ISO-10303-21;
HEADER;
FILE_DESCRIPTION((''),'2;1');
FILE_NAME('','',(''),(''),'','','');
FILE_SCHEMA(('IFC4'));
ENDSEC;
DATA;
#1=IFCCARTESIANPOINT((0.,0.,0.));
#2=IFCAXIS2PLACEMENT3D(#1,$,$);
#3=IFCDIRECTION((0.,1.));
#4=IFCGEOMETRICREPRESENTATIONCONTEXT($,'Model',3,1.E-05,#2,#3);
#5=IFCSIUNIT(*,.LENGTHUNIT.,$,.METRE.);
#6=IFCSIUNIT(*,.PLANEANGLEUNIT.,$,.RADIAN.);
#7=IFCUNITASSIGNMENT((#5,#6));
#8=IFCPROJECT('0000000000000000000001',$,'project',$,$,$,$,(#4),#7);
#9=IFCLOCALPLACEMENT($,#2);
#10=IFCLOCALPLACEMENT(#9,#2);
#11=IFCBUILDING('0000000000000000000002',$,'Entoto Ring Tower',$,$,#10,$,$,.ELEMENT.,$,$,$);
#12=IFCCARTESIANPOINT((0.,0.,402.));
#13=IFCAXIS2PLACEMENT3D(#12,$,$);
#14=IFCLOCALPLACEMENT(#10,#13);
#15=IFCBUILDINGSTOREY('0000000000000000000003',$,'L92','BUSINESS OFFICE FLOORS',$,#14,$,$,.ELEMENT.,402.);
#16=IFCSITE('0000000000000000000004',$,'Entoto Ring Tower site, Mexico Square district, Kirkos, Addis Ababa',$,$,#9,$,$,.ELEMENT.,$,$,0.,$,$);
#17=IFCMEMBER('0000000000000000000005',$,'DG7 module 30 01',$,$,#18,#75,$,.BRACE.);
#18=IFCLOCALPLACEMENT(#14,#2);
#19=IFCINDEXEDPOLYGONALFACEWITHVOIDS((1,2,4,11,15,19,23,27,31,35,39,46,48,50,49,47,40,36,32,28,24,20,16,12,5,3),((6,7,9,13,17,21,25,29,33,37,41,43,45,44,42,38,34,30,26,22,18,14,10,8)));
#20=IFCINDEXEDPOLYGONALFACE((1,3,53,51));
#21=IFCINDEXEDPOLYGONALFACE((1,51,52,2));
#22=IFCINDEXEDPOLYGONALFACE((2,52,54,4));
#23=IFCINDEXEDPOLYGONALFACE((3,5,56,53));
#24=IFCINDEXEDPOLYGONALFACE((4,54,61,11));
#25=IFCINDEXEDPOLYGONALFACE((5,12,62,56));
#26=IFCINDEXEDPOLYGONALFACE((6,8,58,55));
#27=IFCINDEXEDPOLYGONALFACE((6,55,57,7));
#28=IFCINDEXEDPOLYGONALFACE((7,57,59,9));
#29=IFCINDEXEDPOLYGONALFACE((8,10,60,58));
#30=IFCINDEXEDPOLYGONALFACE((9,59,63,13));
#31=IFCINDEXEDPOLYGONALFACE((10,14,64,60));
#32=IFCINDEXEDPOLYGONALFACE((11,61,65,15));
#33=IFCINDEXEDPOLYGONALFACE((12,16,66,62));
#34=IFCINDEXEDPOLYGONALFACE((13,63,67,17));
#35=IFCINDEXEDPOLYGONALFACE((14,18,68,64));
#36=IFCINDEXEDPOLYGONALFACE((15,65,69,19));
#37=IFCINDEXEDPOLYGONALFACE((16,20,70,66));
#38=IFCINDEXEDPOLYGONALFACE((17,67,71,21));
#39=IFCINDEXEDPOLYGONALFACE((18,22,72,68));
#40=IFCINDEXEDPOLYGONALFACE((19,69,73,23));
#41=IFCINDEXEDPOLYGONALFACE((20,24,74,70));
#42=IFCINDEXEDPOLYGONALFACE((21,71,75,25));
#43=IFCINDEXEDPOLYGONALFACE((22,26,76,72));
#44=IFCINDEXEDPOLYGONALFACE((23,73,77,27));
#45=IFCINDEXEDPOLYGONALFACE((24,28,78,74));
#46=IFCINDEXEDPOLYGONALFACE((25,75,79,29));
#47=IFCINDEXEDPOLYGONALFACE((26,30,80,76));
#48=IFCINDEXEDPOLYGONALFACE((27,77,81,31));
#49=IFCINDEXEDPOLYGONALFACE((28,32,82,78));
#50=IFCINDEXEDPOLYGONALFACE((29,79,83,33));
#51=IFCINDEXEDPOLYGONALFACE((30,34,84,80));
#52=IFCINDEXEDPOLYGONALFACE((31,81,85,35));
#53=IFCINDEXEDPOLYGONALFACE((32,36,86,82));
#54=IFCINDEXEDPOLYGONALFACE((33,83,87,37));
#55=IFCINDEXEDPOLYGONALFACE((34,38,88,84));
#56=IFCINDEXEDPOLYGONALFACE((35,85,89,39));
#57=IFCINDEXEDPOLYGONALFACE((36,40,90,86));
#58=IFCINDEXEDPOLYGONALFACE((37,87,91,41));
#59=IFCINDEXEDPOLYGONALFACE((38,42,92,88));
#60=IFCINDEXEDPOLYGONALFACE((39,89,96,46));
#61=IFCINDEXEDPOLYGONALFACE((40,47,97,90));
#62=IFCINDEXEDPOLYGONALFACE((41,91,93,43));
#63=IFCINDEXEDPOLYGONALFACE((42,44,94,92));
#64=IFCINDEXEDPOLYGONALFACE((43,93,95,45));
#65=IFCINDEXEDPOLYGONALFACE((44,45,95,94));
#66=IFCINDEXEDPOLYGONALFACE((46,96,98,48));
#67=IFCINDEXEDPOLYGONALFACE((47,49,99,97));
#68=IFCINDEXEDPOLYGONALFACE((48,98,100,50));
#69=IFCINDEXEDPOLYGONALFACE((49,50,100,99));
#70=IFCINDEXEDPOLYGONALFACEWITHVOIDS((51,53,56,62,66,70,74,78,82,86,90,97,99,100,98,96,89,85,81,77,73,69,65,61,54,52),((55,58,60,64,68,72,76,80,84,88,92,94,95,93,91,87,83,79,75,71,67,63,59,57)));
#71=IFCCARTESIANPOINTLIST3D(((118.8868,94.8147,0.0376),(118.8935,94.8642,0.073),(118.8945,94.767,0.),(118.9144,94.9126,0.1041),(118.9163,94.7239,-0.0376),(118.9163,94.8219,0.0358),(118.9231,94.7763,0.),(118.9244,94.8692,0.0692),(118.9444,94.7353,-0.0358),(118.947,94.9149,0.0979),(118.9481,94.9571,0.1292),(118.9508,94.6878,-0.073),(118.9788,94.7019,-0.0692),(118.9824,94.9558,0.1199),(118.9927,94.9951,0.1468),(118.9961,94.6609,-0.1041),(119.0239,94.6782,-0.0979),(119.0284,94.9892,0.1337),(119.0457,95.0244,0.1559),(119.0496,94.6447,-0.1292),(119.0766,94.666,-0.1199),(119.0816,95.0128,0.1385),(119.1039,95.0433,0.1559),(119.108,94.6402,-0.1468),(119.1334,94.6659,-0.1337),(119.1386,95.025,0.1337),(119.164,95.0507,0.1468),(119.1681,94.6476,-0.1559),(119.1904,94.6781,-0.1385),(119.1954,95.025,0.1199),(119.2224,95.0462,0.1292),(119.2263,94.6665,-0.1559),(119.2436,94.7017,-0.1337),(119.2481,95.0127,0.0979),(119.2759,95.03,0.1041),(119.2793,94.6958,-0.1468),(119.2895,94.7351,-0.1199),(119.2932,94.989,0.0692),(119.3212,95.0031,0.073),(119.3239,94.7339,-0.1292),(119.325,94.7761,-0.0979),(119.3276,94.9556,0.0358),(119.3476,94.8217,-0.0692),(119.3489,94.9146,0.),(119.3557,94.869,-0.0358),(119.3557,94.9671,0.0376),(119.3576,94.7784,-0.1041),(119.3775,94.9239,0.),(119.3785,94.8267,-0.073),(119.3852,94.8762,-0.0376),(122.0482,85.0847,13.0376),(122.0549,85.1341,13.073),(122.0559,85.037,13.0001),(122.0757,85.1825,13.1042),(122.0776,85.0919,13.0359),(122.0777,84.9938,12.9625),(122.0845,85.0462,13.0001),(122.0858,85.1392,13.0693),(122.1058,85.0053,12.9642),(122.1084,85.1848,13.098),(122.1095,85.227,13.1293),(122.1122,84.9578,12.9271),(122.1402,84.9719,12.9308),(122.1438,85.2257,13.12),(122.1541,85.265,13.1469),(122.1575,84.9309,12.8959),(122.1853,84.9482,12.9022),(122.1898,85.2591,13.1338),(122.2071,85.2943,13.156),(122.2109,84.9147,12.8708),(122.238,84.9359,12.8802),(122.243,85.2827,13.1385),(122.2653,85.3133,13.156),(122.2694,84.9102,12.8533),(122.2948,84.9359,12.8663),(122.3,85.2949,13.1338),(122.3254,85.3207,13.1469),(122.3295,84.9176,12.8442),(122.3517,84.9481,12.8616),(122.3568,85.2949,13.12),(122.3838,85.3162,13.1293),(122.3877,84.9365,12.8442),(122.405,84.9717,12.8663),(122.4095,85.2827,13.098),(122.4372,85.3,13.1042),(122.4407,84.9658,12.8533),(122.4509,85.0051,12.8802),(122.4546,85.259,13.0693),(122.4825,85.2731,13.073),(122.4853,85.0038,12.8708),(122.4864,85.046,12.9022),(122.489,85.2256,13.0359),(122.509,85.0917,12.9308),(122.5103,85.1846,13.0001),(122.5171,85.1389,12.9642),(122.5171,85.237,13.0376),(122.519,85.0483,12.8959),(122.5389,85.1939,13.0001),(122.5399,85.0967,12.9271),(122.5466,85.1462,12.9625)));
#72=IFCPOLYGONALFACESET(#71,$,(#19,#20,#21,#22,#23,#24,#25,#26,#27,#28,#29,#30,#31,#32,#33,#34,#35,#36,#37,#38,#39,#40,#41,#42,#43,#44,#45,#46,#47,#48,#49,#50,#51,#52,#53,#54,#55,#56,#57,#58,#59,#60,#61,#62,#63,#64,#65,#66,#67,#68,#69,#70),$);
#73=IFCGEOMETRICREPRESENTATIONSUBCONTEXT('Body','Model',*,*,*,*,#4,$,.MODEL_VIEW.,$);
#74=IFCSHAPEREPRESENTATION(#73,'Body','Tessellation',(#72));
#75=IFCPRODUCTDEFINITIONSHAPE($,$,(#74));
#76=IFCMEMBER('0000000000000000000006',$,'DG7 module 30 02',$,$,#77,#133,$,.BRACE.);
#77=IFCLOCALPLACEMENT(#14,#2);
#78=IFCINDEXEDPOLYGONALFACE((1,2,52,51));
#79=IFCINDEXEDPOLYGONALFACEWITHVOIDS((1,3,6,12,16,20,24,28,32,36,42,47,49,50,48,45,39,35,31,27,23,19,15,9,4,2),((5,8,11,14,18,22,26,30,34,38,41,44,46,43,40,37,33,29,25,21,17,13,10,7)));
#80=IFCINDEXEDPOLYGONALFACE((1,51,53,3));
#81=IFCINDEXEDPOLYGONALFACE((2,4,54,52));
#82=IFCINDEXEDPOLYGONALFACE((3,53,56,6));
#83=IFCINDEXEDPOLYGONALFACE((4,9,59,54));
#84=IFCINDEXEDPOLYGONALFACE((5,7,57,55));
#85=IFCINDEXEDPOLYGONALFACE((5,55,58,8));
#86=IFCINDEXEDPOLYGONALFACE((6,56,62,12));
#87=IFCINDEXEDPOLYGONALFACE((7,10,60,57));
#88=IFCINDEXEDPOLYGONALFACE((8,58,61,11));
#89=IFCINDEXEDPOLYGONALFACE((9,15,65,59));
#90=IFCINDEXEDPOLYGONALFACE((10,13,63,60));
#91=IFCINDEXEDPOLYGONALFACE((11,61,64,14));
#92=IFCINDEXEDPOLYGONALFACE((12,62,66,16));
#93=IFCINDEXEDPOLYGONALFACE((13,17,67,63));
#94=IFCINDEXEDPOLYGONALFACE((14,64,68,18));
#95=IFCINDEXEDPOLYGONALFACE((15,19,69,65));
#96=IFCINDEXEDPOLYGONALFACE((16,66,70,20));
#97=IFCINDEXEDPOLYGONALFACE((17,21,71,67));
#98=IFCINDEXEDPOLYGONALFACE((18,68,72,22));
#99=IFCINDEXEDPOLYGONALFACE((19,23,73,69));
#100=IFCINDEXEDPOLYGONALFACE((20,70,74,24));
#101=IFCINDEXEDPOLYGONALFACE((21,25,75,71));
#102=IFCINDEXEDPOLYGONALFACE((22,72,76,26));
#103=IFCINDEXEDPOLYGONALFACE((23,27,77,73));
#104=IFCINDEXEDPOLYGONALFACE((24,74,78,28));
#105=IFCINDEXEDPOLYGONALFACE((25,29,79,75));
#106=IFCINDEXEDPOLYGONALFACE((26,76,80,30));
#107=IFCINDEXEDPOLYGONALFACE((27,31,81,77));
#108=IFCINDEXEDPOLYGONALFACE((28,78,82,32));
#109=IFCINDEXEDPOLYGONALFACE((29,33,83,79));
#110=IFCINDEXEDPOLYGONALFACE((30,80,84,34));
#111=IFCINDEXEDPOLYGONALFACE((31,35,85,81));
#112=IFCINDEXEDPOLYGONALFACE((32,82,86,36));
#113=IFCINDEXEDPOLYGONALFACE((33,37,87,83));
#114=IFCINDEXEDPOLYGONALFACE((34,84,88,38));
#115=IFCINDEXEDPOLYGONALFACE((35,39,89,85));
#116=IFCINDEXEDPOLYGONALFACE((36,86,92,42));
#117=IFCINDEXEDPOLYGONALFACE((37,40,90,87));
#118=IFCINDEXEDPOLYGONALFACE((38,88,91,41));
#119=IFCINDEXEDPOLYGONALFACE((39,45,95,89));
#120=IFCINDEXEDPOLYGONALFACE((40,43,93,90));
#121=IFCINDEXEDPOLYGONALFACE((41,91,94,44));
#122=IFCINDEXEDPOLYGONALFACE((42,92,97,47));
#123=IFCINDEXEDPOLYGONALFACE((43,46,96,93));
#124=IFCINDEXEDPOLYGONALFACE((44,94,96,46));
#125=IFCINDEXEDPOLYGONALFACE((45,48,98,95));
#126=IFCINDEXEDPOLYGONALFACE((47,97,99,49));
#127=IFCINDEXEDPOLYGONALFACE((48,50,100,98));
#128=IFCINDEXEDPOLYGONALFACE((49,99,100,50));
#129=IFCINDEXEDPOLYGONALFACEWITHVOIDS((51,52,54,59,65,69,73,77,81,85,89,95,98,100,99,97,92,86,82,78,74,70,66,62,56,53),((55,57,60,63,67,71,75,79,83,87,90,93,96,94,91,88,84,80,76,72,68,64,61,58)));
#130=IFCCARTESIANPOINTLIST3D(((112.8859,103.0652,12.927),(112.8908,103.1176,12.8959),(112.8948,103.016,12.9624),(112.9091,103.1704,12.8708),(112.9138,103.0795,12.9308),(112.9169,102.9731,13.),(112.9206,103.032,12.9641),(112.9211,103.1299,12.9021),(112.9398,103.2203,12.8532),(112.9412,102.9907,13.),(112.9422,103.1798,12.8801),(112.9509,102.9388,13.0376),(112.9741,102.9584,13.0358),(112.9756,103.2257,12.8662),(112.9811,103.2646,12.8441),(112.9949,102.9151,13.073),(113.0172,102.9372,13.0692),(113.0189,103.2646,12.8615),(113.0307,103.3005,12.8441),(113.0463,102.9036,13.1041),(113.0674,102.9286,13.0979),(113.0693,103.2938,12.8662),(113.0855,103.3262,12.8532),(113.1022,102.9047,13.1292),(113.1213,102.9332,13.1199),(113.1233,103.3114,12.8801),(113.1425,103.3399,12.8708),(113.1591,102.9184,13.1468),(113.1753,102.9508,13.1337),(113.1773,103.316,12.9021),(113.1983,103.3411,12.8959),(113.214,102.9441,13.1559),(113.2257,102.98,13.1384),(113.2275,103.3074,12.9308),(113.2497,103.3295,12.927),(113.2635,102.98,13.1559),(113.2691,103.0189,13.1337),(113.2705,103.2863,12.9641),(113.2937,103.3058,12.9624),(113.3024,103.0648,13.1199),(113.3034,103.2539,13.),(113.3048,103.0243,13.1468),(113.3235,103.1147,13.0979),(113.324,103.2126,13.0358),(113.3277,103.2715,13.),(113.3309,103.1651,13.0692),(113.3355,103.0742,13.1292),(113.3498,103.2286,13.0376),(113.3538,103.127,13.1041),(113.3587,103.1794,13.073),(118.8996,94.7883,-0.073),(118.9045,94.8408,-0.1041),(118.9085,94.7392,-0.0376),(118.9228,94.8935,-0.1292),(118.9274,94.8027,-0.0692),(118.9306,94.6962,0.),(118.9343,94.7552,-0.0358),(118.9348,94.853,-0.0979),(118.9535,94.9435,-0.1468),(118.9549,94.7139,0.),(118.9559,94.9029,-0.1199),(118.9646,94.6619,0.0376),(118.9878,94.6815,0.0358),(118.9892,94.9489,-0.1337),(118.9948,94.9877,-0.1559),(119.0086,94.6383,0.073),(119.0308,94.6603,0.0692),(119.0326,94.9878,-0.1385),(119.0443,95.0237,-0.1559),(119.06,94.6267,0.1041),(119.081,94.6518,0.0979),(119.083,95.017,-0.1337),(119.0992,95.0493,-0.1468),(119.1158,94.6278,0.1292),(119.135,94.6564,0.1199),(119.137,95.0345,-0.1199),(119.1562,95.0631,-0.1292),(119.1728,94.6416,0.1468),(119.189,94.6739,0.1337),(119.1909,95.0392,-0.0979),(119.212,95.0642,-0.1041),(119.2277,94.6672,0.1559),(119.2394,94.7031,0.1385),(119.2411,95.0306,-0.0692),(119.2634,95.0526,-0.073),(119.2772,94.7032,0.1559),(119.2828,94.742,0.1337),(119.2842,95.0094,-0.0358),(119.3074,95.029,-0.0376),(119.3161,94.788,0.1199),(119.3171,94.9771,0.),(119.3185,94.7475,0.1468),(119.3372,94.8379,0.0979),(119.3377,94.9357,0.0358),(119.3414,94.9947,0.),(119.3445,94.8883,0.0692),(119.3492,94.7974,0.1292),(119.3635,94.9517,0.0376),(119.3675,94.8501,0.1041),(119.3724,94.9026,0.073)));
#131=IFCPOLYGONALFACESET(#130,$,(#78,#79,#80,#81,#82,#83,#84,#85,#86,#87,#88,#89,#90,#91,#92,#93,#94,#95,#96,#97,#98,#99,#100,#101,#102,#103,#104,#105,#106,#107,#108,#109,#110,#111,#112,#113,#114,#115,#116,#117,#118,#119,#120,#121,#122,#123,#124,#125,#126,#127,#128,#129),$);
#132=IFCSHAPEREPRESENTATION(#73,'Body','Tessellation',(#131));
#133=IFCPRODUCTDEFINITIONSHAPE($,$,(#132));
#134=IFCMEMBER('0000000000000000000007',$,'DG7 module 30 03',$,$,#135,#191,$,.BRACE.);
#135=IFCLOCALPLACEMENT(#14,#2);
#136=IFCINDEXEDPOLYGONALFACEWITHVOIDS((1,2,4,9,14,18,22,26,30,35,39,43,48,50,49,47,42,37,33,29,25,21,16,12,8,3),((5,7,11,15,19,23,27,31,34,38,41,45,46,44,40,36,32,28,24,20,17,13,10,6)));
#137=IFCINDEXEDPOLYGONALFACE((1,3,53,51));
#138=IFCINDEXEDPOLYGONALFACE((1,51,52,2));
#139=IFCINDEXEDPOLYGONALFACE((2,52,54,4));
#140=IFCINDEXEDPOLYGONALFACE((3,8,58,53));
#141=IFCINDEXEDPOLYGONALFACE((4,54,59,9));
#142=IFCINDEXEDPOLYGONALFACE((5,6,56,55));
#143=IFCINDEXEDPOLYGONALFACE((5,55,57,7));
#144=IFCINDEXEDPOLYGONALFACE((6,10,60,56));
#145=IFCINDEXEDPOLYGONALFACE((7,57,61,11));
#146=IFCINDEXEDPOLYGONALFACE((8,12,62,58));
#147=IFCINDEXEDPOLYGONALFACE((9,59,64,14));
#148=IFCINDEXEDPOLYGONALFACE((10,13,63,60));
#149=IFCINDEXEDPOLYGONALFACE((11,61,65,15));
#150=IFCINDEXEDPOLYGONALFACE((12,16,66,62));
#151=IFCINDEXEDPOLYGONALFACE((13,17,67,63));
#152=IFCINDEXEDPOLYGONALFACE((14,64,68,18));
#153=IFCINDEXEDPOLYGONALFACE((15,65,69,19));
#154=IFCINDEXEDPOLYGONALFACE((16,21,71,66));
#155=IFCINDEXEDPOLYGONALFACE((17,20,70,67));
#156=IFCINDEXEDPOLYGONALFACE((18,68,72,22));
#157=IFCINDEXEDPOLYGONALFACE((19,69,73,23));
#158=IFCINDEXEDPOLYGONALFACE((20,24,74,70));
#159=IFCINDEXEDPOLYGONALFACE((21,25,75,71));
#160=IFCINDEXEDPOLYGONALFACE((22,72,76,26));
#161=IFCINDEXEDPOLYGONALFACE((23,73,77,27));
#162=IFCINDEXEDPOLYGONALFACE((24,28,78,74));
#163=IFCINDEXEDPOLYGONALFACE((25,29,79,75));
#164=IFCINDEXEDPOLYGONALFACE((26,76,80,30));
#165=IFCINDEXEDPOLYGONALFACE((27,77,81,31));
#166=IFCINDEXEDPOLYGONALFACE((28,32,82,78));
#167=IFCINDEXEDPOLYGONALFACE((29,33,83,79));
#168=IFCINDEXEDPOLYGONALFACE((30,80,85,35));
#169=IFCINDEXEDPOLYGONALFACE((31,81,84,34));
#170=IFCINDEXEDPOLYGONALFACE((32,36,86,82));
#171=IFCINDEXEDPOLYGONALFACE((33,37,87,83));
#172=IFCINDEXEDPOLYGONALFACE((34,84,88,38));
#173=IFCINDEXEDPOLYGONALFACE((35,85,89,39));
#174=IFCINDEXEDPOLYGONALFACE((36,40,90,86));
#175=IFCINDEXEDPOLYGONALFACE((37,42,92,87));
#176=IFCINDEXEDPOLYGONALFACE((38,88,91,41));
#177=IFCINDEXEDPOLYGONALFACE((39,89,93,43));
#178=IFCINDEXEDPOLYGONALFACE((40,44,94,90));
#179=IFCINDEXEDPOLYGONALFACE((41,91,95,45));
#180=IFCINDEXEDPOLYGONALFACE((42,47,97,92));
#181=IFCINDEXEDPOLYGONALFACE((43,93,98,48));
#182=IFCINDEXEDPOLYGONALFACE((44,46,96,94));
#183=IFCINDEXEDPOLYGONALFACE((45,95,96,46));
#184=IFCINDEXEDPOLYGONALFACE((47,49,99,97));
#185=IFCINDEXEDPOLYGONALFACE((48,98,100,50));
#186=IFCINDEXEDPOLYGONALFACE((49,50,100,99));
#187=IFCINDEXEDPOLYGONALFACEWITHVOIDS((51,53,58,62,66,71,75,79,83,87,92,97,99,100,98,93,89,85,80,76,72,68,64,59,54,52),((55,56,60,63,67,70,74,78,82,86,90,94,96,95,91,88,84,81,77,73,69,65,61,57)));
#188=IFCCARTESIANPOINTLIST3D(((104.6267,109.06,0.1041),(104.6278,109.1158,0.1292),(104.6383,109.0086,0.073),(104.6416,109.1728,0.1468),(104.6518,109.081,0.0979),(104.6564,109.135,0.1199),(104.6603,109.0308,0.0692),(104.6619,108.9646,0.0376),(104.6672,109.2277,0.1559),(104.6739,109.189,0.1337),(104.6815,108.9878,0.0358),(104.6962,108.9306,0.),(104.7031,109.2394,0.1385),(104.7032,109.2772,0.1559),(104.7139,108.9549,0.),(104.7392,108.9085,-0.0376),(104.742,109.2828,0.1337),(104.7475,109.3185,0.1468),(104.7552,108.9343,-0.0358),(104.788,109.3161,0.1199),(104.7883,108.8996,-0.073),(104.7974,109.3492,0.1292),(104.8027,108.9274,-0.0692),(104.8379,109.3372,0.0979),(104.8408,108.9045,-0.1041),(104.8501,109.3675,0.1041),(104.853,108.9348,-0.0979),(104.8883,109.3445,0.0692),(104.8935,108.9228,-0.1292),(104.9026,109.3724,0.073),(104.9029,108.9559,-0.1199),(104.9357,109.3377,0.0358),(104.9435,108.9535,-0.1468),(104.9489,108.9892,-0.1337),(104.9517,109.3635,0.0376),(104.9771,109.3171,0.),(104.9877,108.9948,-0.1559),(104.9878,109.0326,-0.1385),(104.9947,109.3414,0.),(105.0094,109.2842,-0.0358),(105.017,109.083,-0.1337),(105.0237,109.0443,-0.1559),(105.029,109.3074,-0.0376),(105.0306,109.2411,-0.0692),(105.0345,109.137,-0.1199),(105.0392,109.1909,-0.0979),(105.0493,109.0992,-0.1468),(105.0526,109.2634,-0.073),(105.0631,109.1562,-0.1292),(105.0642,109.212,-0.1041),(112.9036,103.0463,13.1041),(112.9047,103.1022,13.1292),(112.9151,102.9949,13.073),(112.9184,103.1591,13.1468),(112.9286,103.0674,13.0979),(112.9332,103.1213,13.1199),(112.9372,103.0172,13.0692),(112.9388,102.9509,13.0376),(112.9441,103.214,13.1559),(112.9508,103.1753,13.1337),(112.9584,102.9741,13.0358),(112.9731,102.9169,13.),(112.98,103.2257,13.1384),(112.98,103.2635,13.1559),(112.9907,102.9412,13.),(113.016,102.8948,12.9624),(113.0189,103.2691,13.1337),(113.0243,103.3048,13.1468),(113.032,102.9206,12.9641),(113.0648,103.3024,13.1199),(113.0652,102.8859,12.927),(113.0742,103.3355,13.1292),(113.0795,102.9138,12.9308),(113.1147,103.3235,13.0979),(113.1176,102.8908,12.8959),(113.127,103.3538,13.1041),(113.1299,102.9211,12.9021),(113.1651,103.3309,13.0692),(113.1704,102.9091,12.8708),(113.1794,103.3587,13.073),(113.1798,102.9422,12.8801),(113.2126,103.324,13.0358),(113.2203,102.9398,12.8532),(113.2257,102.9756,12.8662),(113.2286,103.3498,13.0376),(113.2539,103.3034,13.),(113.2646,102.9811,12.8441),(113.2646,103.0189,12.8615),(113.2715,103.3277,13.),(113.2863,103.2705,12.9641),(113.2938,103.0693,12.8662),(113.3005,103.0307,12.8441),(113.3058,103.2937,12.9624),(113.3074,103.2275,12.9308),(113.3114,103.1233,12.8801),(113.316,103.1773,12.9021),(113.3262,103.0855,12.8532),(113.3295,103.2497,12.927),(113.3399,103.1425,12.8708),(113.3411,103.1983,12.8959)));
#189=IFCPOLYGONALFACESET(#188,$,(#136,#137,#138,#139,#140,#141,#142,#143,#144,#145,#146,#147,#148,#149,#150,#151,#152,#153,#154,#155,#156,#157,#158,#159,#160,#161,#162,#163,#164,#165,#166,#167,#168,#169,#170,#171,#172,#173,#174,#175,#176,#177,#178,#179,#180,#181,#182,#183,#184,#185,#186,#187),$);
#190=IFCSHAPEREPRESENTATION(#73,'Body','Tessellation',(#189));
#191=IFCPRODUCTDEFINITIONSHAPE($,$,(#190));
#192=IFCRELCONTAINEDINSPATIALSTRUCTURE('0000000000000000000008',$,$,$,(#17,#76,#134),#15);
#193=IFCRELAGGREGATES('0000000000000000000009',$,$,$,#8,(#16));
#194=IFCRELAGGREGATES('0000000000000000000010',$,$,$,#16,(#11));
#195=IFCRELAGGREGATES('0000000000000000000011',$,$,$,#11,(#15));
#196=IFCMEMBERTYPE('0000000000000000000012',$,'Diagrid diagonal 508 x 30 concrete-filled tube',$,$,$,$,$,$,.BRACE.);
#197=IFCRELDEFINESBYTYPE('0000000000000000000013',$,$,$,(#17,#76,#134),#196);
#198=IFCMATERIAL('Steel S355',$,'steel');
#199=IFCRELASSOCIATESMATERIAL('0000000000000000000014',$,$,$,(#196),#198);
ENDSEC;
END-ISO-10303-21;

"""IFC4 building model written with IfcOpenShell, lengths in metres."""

from ifc_helpers import new_model, si_unit, direction, frame, origin, origin_2d, place, context, subcontext, project, spatial, circle, hollow_circle, extrude, material, material_profile, profile_set, type_object, element, save


model = new_model("IFC4")

# Units and contexts
model_context = context("Model", 3, precision=1e-05, world=origin(), true_north=direction((0.0, 1.0)))
body_context = subcontext(model_context, "Body", "Model", "MODEL_VIEW")
ifc_project = project(units=[si_unit("LENGTHUNIT", "METRE"), si_unit("PLANEANGLEUNIT", "RADIAN")], contexts=[model_context])

# Site, building, storey
site_placement = place(None, origin())
site = spatial("IfcSite", under=ifc_project, at=site_placement, Name="Entoto Ring Tower site, Mexico Square district, Kirkos, Addis Ababa", CompositionType="ELEMENT", RefElevation=0.0)
building_placement = place(site_placement, origin())
building = spatial("IfcBuilding", under=site, at=building_placement, Name="Entoto Ring Tower", CompositionType="ELEMENT")
storey_placement = place(building_placement, frame((0.0, 0.0, 402.0)))
storey = spatial("IfcBuildingStorey", under=building, at=storey_placement, Name="L92", Description="BUSINESS OFFICE FLOORS", CompositionType="ELEMENT", Elevation=402.0)

# Members
ifc_material_1 = material(Name="Steel S355", Category="steel")
ifc_material_profile_1 = material_profile(ifc_material_1, hollow_circle(Radius=0.2539, WallThickness=0.03, at=origin_2d()), Name="CHS 508 x 30")
ifc_material_2 = material(Name="Concrete C60/75", Category="concrete")
ifc_material_profile_2 = material_profile(ifc_material_2, circle(Radius=0.2241, at=origin_2d()), Name="Concrete C60/75 infill")
ifc_profile_set_1 = profile_set([ifc_material_profile_1, ifc_material_profile_2], Name="Steel S355")
member_type_1 = type_object("IfcMemberType", Name="Diagrid diagonal 508 x 30 concrete-filled tube", PredefinedType="BRACE", material=ifc_profile_set_1)
for number, where, z_axis, x_axis, name in (
    (1, (119.136, 94.8455, 0.0), (0.191102, -0.588167, 0.785837), (0.951059, 0.309009, 0.0), "DG7 module 30 01"),
    (2, (119.136, 94.8455, 0.0), (-0.363518, 0.500324, 0.785831), (-0.809008, -0.587797, 0.0), "DG7 module 30 02"),
    (3, (104.8455, 109.136, 0.0), (0.500324, -0.363518, 0.785831), (0.587797, 0.809008, 0.0), "DG7 module 30 03"),
):
    element("IfcMember", number, at=place(storey_placement, frame(where, z_axis=z_axis, x_axis=x_axis)), inside=storey, type_object=member_type_1, Name=name, PredefinedType="BRACE", context=body_context, shape_type="SweptSolid", body=[
        extrude(hollow_circle(Radius=0.2539, WallThickness=0.03, at=origin_2d()), origin(), (0.0, 0.0, 1.0), 16.543),
    ])

save(model, "model.ifc")
